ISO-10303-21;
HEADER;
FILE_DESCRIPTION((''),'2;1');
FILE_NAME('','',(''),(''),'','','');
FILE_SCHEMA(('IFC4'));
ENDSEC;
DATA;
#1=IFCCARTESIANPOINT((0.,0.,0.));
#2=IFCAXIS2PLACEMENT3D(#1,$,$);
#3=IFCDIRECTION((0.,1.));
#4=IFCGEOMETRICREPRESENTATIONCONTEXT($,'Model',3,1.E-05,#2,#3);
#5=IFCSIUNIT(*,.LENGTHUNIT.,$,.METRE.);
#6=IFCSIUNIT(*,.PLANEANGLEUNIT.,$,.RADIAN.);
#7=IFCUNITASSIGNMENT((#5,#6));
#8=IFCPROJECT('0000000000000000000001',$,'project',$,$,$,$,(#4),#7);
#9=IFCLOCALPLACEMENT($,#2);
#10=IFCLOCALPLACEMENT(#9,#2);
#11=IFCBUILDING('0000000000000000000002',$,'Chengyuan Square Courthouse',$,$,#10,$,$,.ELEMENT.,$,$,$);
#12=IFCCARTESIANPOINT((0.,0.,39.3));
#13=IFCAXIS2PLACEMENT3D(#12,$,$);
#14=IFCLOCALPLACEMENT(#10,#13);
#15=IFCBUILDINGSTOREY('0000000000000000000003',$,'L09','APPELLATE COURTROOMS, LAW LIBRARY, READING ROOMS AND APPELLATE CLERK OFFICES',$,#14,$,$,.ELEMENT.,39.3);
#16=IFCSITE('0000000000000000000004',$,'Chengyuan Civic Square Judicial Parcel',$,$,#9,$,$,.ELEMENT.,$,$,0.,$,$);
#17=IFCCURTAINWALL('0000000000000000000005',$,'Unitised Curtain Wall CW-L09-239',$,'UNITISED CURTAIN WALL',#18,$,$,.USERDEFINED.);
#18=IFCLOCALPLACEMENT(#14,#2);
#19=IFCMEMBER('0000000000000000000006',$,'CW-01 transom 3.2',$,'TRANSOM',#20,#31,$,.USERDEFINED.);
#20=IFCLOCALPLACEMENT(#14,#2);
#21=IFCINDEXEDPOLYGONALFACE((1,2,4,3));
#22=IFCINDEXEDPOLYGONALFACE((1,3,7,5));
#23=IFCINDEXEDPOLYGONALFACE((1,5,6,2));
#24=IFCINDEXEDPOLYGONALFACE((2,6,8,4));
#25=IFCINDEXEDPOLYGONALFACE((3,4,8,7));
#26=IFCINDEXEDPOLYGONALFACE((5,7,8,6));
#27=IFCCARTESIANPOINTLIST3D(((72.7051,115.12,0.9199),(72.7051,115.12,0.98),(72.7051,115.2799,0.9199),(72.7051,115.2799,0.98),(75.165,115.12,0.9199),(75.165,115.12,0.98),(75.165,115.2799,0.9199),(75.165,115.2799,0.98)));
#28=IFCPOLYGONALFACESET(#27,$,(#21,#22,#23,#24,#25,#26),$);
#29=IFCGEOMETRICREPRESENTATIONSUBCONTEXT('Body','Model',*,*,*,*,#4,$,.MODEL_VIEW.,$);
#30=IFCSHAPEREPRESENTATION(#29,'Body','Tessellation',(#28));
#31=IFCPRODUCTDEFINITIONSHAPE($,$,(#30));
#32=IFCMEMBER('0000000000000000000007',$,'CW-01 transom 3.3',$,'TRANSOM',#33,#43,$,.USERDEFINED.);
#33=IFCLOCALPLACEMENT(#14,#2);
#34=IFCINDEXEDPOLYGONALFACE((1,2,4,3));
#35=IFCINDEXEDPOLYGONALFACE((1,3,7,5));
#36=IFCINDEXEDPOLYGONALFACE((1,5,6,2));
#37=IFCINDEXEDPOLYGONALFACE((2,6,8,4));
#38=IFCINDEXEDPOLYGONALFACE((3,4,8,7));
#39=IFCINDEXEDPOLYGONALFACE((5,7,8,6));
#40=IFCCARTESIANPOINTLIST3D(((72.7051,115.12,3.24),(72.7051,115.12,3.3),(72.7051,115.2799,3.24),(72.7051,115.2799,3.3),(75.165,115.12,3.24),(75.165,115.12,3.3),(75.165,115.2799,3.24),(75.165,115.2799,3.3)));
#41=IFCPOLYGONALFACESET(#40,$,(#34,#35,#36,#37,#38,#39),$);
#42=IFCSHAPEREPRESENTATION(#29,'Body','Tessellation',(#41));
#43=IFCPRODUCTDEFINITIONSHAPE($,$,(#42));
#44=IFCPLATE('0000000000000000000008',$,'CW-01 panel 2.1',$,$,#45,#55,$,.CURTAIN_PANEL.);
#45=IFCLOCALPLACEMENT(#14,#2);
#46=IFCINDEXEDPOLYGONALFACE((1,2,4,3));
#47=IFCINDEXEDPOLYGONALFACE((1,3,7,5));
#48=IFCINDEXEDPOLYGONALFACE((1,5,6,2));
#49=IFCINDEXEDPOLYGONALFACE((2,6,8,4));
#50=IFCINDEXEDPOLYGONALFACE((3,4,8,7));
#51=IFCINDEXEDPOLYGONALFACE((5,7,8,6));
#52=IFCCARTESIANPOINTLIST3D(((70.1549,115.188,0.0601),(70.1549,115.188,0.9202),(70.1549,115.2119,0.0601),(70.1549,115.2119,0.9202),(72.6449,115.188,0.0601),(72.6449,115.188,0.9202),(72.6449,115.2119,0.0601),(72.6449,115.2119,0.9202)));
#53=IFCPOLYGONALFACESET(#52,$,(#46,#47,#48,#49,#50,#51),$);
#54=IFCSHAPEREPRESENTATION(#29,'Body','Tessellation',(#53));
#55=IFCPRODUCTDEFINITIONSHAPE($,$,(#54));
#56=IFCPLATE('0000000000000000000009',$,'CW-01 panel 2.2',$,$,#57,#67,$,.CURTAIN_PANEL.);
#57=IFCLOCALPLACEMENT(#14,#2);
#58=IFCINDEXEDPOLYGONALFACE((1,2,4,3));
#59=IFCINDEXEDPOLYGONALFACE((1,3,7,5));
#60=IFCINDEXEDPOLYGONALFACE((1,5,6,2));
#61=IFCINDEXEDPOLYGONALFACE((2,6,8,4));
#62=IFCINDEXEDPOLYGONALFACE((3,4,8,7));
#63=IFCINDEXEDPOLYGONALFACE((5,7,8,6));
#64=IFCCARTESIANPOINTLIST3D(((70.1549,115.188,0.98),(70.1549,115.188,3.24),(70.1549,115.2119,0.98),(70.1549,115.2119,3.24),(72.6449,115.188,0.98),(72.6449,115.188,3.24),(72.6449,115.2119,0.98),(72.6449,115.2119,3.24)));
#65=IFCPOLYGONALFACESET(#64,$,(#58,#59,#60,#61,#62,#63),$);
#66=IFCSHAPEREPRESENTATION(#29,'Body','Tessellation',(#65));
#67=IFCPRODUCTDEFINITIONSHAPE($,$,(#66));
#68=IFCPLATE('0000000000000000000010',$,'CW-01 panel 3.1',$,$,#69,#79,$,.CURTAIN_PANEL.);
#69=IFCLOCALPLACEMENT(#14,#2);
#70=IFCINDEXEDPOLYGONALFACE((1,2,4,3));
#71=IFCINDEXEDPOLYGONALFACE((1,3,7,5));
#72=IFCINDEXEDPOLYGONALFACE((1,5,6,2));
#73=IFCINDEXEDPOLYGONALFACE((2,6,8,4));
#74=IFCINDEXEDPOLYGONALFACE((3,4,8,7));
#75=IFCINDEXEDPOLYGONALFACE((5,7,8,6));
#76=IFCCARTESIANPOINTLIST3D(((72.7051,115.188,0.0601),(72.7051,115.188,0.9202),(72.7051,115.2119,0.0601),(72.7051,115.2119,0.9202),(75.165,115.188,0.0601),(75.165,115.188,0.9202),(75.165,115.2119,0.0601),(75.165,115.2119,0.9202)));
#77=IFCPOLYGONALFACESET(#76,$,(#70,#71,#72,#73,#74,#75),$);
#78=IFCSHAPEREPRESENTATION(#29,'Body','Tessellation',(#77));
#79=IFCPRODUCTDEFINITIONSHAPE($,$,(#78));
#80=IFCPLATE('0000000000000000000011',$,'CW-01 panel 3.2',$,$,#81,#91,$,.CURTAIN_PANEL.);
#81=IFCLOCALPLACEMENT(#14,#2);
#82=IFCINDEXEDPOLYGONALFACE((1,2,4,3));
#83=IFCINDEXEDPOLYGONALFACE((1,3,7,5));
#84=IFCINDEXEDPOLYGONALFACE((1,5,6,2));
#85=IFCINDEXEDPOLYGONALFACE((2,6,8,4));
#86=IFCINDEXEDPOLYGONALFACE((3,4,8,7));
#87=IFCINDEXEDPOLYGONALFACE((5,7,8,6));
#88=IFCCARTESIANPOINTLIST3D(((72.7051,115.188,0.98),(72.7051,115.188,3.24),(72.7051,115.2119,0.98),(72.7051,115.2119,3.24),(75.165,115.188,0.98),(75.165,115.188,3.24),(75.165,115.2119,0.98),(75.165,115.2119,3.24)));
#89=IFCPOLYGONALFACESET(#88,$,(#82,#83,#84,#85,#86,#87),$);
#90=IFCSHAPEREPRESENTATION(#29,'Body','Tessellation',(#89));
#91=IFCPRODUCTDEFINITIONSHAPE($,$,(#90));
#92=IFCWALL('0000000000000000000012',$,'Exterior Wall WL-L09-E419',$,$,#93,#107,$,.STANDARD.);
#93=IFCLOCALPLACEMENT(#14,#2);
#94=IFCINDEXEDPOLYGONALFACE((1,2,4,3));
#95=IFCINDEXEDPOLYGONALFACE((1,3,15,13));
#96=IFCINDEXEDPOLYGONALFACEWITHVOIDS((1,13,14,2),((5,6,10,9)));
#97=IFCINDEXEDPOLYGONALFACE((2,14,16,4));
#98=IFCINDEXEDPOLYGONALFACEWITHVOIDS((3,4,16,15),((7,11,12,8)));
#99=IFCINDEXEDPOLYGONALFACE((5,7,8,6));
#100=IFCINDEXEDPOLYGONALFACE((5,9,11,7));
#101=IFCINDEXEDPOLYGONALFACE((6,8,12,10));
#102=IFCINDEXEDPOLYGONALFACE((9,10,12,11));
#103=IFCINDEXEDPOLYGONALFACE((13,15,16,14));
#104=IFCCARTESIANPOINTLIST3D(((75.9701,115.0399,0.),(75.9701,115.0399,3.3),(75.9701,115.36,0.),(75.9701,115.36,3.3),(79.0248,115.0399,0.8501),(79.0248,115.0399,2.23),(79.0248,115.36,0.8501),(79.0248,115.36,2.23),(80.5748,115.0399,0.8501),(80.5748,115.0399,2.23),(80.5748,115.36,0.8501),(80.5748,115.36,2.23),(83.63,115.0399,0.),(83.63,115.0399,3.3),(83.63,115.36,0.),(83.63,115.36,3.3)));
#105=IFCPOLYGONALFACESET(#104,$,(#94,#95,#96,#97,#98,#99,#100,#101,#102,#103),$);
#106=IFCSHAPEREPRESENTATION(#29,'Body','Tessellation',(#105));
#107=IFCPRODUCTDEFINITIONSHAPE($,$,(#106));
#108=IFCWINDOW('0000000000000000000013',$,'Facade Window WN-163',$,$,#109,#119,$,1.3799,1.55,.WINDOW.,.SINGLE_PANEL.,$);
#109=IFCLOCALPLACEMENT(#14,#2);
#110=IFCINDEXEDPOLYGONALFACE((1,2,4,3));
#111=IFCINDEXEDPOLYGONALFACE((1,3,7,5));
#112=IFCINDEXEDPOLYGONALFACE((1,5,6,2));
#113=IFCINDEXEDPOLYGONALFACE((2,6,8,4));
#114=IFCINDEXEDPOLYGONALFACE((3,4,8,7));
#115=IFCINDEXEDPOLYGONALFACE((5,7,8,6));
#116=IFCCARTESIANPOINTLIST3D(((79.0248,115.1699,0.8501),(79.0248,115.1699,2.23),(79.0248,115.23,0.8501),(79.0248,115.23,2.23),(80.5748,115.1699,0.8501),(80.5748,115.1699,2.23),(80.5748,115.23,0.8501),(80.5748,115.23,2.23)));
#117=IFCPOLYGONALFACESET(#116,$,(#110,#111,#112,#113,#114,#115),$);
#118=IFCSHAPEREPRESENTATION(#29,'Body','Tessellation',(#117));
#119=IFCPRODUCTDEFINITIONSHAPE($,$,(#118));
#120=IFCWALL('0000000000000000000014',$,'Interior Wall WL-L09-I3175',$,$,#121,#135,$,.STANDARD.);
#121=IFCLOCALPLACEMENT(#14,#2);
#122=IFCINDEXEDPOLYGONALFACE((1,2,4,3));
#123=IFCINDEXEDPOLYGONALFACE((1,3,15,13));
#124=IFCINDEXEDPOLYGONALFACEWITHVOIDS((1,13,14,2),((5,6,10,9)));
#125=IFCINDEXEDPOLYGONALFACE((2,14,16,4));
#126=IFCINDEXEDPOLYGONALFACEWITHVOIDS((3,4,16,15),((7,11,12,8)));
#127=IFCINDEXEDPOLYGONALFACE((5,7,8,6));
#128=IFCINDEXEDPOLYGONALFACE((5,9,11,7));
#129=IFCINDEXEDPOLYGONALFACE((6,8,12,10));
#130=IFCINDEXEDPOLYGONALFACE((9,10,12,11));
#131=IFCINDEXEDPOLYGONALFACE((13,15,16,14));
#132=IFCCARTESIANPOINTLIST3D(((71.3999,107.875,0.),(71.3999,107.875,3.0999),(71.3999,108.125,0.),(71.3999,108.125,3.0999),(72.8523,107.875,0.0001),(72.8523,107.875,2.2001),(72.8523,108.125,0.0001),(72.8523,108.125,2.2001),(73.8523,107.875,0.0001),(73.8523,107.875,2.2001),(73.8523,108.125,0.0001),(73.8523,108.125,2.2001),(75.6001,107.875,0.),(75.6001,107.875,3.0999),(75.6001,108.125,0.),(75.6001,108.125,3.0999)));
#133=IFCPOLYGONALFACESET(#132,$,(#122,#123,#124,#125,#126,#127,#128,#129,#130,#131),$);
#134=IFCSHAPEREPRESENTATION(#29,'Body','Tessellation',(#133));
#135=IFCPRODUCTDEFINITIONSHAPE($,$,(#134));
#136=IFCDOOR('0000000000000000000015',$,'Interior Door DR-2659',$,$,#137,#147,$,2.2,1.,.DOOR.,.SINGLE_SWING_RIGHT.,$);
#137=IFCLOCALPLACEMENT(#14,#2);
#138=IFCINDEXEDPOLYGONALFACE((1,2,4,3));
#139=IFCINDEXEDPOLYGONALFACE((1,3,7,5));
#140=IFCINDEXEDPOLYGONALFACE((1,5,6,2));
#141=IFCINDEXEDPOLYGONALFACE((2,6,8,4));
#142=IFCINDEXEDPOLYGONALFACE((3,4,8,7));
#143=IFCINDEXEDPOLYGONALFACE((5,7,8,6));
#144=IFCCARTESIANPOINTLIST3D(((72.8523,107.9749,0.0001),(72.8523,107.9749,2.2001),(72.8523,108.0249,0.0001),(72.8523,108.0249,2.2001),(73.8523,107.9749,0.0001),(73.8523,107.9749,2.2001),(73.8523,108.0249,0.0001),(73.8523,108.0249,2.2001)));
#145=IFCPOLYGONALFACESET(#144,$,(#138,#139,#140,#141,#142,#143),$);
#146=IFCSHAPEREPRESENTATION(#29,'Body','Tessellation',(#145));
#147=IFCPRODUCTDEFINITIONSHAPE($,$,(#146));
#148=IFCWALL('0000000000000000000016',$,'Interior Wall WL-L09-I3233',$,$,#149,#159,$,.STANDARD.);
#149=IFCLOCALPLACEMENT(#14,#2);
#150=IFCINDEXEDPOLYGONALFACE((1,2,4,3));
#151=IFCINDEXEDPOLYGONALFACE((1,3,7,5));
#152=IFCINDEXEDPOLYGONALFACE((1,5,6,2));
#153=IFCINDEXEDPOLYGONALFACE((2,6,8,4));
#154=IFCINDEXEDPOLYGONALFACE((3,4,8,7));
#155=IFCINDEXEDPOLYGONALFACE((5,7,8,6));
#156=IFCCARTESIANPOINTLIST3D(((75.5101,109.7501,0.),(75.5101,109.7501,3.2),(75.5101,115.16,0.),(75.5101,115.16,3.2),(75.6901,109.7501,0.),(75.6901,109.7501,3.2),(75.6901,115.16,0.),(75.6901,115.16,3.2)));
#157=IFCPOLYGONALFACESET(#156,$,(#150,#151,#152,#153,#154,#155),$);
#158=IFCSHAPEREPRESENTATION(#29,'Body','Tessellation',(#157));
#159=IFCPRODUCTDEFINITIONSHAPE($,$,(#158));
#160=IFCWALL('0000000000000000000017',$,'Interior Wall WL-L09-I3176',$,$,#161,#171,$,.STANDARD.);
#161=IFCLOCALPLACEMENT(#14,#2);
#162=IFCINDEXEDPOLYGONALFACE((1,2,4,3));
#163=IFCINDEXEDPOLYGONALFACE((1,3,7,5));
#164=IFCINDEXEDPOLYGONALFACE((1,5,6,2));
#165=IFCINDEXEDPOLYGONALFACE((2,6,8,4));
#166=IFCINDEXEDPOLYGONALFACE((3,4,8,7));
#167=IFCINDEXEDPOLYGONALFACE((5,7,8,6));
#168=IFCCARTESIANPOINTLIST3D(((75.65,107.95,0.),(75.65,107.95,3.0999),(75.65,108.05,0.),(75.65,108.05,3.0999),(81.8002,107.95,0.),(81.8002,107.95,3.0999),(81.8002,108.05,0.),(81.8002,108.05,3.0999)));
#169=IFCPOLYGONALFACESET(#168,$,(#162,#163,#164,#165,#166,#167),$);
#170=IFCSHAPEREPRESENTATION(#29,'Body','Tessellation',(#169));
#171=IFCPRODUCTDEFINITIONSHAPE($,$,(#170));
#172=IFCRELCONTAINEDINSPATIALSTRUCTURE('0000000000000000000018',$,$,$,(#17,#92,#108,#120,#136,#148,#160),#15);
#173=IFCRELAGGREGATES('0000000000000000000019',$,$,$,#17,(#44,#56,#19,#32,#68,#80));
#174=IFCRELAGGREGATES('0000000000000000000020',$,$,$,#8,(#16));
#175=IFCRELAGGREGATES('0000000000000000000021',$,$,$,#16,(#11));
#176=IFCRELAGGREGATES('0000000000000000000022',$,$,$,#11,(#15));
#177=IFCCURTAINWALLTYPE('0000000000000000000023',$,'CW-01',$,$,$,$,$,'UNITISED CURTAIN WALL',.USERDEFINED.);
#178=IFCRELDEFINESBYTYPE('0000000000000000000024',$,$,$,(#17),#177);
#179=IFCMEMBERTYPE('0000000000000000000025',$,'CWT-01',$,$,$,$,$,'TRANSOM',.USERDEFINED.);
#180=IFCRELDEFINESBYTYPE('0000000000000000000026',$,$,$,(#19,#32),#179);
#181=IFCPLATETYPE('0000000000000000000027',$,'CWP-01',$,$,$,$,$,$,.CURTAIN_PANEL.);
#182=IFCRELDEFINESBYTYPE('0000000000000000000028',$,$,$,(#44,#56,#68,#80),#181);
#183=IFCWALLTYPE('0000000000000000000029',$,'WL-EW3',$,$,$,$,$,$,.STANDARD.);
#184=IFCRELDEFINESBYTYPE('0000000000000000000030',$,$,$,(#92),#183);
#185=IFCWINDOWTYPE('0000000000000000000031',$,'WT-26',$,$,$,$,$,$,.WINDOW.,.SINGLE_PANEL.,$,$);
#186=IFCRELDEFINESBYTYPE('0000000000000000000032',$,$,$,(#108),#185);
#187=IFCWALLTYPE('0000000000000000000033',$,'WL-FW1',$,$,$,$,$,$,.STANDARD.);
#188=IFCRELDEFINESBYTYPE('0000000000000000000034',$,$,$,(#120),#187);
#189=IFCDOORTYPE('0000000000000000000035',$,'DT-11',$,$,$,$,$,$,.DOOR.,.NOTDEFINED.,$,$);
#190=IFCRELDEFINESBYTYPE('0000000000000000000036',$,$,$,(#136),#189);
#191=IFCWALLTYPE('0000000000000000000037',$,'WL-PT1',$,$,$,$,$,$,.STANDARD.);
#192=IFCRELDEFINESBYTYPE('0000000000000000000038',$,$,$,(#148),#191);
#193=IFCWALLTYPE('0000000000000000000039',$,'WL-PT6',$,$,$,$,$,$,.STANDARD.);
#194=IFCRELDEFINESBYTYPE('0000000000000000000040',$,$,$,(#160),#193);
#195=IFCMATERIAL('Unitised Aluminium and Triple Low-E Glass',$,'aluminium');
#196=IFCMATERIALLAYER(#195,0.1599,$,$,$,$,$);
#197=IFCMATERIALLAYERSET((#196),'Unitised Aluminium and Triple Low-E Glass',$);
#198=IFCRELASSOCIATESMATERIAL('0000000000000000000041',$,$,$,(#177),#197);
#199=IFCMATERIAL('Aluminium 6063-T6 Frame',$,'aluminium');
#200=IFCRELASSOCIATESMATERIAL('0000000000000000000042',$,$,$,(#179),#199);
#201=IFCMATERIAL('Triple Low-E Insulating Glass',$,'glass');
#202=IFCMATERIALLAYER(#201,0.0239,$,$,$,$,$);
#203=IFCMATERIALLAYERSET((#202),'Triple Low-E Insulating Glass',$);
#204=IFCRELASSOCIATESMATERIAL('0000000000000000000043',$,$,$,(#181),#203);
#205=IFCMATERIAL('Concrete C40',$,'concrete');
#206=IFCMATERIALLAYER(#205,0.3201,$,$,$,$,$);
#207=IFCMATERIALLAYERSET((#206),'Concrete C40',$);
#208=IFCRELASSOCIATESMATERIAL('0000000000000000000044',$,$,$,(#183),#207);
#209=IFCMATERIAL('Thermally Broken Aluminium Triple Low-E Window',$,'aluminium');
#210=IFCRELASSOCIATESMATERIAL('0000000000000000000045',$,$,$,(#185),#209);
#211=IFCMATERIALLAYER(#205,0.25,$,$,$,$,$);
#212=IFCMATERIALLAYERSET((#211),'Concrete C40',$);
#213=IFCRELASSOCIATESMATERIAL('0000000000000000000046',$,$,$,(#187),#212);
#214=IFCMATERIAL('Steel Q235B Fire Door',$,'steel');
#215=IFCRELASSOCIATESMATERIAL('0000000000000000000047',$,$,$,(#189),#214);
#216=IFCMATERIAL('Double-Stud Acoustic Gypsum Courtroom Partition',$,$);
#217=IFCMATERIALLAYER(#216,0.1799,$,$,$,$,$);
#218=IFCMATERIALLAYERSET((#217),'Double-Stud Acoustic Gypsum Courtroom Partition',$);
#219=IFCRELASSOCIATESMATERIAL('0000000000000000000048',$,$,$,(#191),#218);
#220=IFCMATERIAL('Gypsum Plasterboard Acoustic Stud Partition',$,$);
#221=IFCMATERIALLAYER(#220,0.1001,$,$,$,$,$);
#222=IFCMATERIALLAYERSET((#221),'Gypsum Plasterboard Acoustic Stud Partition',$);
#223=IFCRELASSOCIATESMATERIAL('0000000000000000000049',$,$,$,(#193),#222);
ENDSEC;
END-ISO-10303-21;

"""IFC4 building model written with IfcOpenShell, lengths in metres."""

from ifc_helpers import new_model, si_unit, direction, frame, frame_2d, origin, origin_2d, place, context, subcontext, project, spatial, rectangle, extrude, material, layer, layer_set, material_profile, profile_set, type_object, element, fill, aggregate, save


model = new_model("IFC4")

# Units and contexts
model_context = context("Model", 3, precision=1e-05, world=origin(), true_north=direction((0.0, 1.0)))
body_context = subcontext(model_context, "Body", "Model", "MODEL_VIEW")
ifc_project = project(units=[si_unit("LENGTHUNIT", "METRE"), si_unit("PLANEANGLEUNIT", "RADIAN")], contexts=[model_context])

# Site, building, storey
site_placement = place(None, origin())
site = spatial("IfcSite", under=ifc_project, at=site_placement, Name="Chengyuan Civic Square Judicial Parcel", CompositionType="ELEMENT", RefElevation=0.0)
building_placement = place(site_placement, origin())
building = spatial("IfcBuilding", under=site, at=building_placement, Name="Chengyuan Square Courthouse", CompositionType="ELEMENT")
storey_placement = place(building_placement, frame((0.0, 0.0, 39.3)))
storey = spatial("IfcBuildingStorey", under=building, at=storey_placement, Name="L09", Description="APPELLATE COURTROOMS, LAW LIBRARY, READING ROOMS AND APPELLATE CLERK OFFICES", CompositionType="ELEMENT", Elevation=39.3)

# Shared definitions
ifc_material_1 = material(Name="Concrete C40", Category="concrete")

# Curtain wall, members, plates
ifc_material_2 = material(Name="Unitised Aluminium and Triple Low-E Glass", Category="aluminium")
ifc_layer_1 = layer(ifc_material_2, 0.1599)
ifc_layer_set_1 = layer_set([ifc_layer_1], Name="Unitised Aluminium and Triple Low-E Glass")
curtain_wall_type = type_object("IfcCurtainWallType", Name="CW-01", ElementType="UNITISED CURTAIN WALL", PredefinedType="USERDEFINED", material=ifc_layer_set_1)
curtain_wall_placement = place(storey_placement, origin())
curtain_wall = element("IfcCurtainWall", 1, at=curtain_wall_placement, inside=storey, type_object=curtain_wall_type, Name="Unitised Curtain Wall CW-L09-239", ObjectType="UNITISED CURTAIN WALL", PredefinedType="USERDEFINED")
ifc_material_3 = material(Name="Aluminium 6063-T6 Frame", Category="aluminium")
ifc_material_profile_1 = material_profile(ifc_material_3, rectangle(XDim=0.1599, YDim=0.0601, at=origin_2d()), Name="CW-TRN-60x120")
ifc_profile_set_1 = profile_set([ifc_material_profile_1], Name="Aluminium 6063-T6 Frame")
member_type_1 = type_object("IfcMemberType", Name="CWT-01", ElementType="TRANSOM", PredefinedType="USERDEFINED", material=ifc_profile_set_1)
member_1_placement = place(storey_placement, frame((72.7051, 115.2, 0.95), z_axis=(1.0, 0.0, 0.0), x_axis=(0.0, 1.0, 0.0)))
member_1 = element("IfcMember", 2, at=member_1_placement, type_object=member_type_1, Name="CW-01 transom 3.2", ObjectType="TRANSOM", PredefinedType="USERDEFINED", context=body_context, shape_type="SweptSolid", body=[
    extrude(rectangle(XDim=0.1599, YDim=0.0601, at=origin_2d()), origin(), (0.0, 0.0, 1.0), 2.46),
])
member_2_placement = place(storey_placement, frame((72.7051, 115.2, 3.27), z_axis=(1.0, 0.0, 0.0), x_axis=(0.0, 1.0, 0.0)))
member_2 = element("IfcMember", 3, at=member_2_placement, type_object=member_type_1, Name="CW-01 transom 3.3", ObjectType="TRANSOM", PredefinedType="USERDEFINED", context=body_context, shape_type="SweptSolid", body=[
    extrude(rectangle(XDim=0.1599, YDim=0.0601, at=origin_2d()), origin(), (0.0, 0.0, 1.0), 2.46),
])
ifc_material_4 = material(Name="Triple Low-E Insulating Glass", Category="glass")
ifc_layer_2 = layer(ifc_material_4, 0.0239)
ifc_layer_set_2 = layer_set([ifc_layer_2], Name="Triple Low-E Insulating Glass")
plate_type = type_object("IfcPlateType", Name="CWP-01", PredefinedType="CURTAIN_PANEL", material=ifc_layer_set_2)
plate_1_placement = place(storey_placement, frame((71.3999, 115.2, 0.0601), z_axis=(0.0, 0.0, 1.0), x_axis=(1.0, 0.0, 0.0)))
plate_1 = element("IfcPlate", 4, at=plate_1_placement, type_object=plate_type, Name="CW-01 panel 2.1", PredefinedType="CURTAIN_PANEL", context=body_context, shape_type="SweptSolid", body=[
    extrude(rectangle(XDim=2.49, YDim=0.0239, at=origin_2d()), origin(), (0.0, 0.0, 1.0), 0.8601),
])
plate_2_placement = place(storey_placement, frame((71.3999, 115.2, 0.98), z_axis=(0.0, 0.0, 1.0), x_axis=(1.0, 0.0, 0.0)))
plate_2 = element("IfcPlate", 5, at=plate_2_placement, type_object=plate_type, Name="CW-01 panel 2.2", PredefinedType="CURTAIN_PANEL", context=body_context, shape_type="SweptSolid", body=[
    extrude(rectangle(XDim=2.49, YDim=0.0239, at=origin_2d()), origin(), (0.0, 0.0, 1.0), 2.26),
])
plate_3_placement = place(storey_placement, frame((73.9351, 115.2, 0.0601), z_axis=(0.0, 0.0, 1.0), x_axis=(1.0, 0.0, 0.0)))
plate_3 = element("IfcPlate", 6, at=plate_3_placement, type_object=plate_type, Name="CW-01 panel 3.1", PredefinedType="CURTAIN_PANEL", context=body_context, shape_type="SweptSolid", body=[
    extrude(rectangle(XDim=2.46, YDim=0.0239, at=origin_2d()), origin(), (0.0, 0.0, 1.0), 0.8601),
])
plate_4_placement = place(storey_placement, frame((73.9351, 115.2, 0.98), z_axis=(0.0, 0.0, 1.0), x_axis=(1.0, 0.0, 0.0)))
plate_4 = element("IfcPlate", 7, at=plate_4_placement, type_object=plate_type, Name="CW-01 panel 3.2", PredefinedType="CURTAIN_PANEL", context=body_context, shape_type="SweptSolid", body=[
    extrude(rectangle(XDim=2.46, YDim=0.0239, at=origin_2d()), origin(), (0.0, 0.0, 1.0), 2.26),
])
aggregate(curtain_wall, [plate_1, plate_2, member_1, member_2, plate_3, plate_4])

# Wall, opening, window
ifc_layer_3 = layer(ifc_material_1, 0.3201)
ifc_layer_set_3 = layer_set([ifc_layer_3], Name="Concrete C40")
wall_type_1 = type_object("IfcWallType", Name="WL-EW3", PredefinedType="STANDARD", material=ifc_layer_set_3)
wall_1_placement = place(storey_placement, frame((75.97, 115.2, 0.0), z_axis=(0.0, 0.0, 1.0), x_axis=(1.0, 0.0, 0.0)))
wall_1 = element("IfcWall", 8, at=wall_1_placement, inside=storey, type_object=wall_type_1, Name="Exterior Wall WL-L09-E419", PredefinedType="STANDARD", context=body_context, shape_type="SweptSolid", body=[
    extrude(rectangle(XDim=7.6599, YDim=0.3201, at=frame_2d((3.8301, 0.0))), origin(), (0.0, 0.0, 1.0), 3.3),
])
opening_1_placement = place(wall_1_placement, frame((3.0549, 0.0, 0.8501)))
opening_1 = element("IfcOpeningElement", 9, at=opening_1_placement, cuts=wall_1, PredefinedType="OPENING", context=body_context, shape_type="SweptSolid", body=[
    extrude(rectangle(XDim=1.55, YDim=1.3799, at=frame_2d((0.7749, 0.6899))), frame((0.0, 0.1721, 0.0), z_axis=(0.0, -1.0, 0.0), x_axis=(1.0, 0.0, 0.0)), (0.0, 0.0, 1.0), 0.344),
])
ifc_material_5 = material(Name="Thermally Broken Aluminium Triple Low-E Window", Category="aluminium")
window_type = type_object("IfcWindowType", Name="WT-26", PartitioningType="SINGLE_PANEL", PredefinedType="WINDOW", material=ifc_material_5)
window_placement = place(opening_1_placement, origin())
window = element("IfcWindow", 10, at=window_placement, inside=storey, type_object=window_type, Name="Facade Window WN-163", OverallHeight=1.3799, OverallWidth=1.55, PartitioningType="SINGLE_PANEL", PredefinedType="WINDOW", context=body_context, shape_type="SweptSolid", body=[
    extrude(rectangle(XDim=1.55, YDim=1.3799, at=frame_2d((0.7749, 0.6899))), frame((0.0, 0.03, 0.0), z_axis=(0.0, -1.0, 0.0), x_axis=(1.0, 0.0, 0.0)), (0.0, 0.0, 1.0), 0.0601),
])
fill(opening_1, window)

# Wall, opening, door
ifc_layer_4 = layer(ifc_material_1, 0.25)
ifc_layer_set_4 = layer_set([ifc_layer_4], Name="Concrete C40")
wall_type_2 = type_object("IfcWallType", Name="WL-FW1", PredefinedType="STANDARD", material=ifc_layer_set_4)
wall_2_placement = place(storey_placement, frame((71.3999, 108.0, 0.0), z_axis=(0.0, 0.0, 1.0), x_axis=(1.0, 0.0, 0.0)))
wall_2 = element("IfcWall", 11, at=wall_2_placement, inside=storey, type_object=wall_type_2, Name="Interior Wall WL-L09-I3175", PredefinedType="STANDARD", context=body_context, shape_type="SweptSolid", body=[
    extrude(rectangle(XDim=4.2002, YDim=0.25, at=frame_2d((2.1001, 0.0))), origin(), (0.0, 0.0, 1.0), 3.0999),
])
opening_2_placement = place(wall_2_placement, frame((1.4524, 0.0, 0.0)))
opening_2 = element("IfcOpeningElement", 12, at=opening_2_placement, cuts=wall_2, PredefinedType="OPENING", context=body_context, shape_type="SweptSolid", body=[
    extrude(rectangle(XDim=1.0, YDim=2.2, at=frame_2d((0.5, 1.1001))), frame((0.0, 0.137, 0.0), z_axis=(0.0, -1.0, 0.0), x_axis=(1.0, 0.0, 0.0)), (0.0, 0.0, 1.0), 0.2739),
])
ifc_material_6 = material(Name="Steel Q235B Fire Door", Category="steel")
door_type_1 = type_object("IfcDoorType", Name="DT-11", OperationType="NOTDEFINED", PredefinedType="DOOR", material=ifc_material_6)
door_1_placement = place(opening_2_placement, origin())
door_1 = element("IfcDoor", 13, at=door_1_placement, inside=storey, type_object=door_type_1, Name="Interior Door DR-2659", OperationType="SINGLE_SWING_RIGHT", OverallHeight=2.2, OverallWidth=1.0, PredefinedType="DOOR", context=body_context, shape_type="SweptSolid", body=[
    extrude(rectangle(XDim=1.0, YDim=2.2, at=frame_2d((0.5, 1.1001))), frame((0.0, 0.0249, 0.0), z_axis=(0.0, -1.0, 0.0), x_axis=(1.0, 0.0, 0.0)), (0.0, 0.0, 1.0), 0.05),
])
fill(opening_2, door_1)

# Walls
ifc_material_7 = material(Name="Double-Stud Acoustic Gypsum Courtroom Partition")
ifc_layer_5 = layer(ifc_material_7, 0.1799)
ifc_layer_set_5 = layer_set([ifc_layer_5], Name="Double-Stud Acoustic Gypsum Courtroom Partition")
wall_type_3 = type_object("IfcWallType", Name="WL-PT1", PredefinedType="STANDARD", material=ifc_layer_set_5)
wall_3_placement = place(storey_placement, frame((75.6001, 109.75, 0.0), z_axis=(0.0, 0.0, 1.0), x_axis=(0.0, 1.0, 0.0)))
element("IfcWall", 14, at=wall_3_placement, inside=storey, type_object=wall_type_3, Name="Interior Wall WL-L09-I3233", PredefinedType="STANDARD", context=body_context, shape_type="SweptSolid", body=[
    extrude(rectangle(XDim=5.4099, YDim=0.1799, at=frame_2d((2.7051, 0.0))), origin(), (0.0, 0.0, 1.0), 3.2),
])
ifc_material_8 = material(Name="Gypsum Plasterboard Acoustic Stud Partition")
ifc_layer_6 = layer(ifc_material_8, 0.1001)
ifc_layer_set_6 = layer_set([ifc_layer_6], Name="Gypsum Plasterboard Acoustic Stud Partition")
wall_type_4 = type_object("IfcWallType", Name="WL-PT6", PredefinedType="STANDARD", material=ifc_layer_set_6)
wall_4_placement = place(storey_placement, frame((75.6499, 108.0, 0.0), z_axis=(0.0, 0.0, 1.0), x_axis=(1.0, 0.0, 0.0)))
element("IfcWall", 15, at=wall_4_placement, inside=storey, type_object=wall_type_4, Name="Interior Wall WL-L09-I3176", PredefinedType="STANDARD", context=body_context, shape_type="SweptSolid", body=[
    extrude(rectangle(XDim=6.1501, YDim=0.1001, at=frame_2d((3.0752, 0.0))), origin(), (0.0, 0.0, 1.0), 3.0999),
])

save(model, "model.ifc")
